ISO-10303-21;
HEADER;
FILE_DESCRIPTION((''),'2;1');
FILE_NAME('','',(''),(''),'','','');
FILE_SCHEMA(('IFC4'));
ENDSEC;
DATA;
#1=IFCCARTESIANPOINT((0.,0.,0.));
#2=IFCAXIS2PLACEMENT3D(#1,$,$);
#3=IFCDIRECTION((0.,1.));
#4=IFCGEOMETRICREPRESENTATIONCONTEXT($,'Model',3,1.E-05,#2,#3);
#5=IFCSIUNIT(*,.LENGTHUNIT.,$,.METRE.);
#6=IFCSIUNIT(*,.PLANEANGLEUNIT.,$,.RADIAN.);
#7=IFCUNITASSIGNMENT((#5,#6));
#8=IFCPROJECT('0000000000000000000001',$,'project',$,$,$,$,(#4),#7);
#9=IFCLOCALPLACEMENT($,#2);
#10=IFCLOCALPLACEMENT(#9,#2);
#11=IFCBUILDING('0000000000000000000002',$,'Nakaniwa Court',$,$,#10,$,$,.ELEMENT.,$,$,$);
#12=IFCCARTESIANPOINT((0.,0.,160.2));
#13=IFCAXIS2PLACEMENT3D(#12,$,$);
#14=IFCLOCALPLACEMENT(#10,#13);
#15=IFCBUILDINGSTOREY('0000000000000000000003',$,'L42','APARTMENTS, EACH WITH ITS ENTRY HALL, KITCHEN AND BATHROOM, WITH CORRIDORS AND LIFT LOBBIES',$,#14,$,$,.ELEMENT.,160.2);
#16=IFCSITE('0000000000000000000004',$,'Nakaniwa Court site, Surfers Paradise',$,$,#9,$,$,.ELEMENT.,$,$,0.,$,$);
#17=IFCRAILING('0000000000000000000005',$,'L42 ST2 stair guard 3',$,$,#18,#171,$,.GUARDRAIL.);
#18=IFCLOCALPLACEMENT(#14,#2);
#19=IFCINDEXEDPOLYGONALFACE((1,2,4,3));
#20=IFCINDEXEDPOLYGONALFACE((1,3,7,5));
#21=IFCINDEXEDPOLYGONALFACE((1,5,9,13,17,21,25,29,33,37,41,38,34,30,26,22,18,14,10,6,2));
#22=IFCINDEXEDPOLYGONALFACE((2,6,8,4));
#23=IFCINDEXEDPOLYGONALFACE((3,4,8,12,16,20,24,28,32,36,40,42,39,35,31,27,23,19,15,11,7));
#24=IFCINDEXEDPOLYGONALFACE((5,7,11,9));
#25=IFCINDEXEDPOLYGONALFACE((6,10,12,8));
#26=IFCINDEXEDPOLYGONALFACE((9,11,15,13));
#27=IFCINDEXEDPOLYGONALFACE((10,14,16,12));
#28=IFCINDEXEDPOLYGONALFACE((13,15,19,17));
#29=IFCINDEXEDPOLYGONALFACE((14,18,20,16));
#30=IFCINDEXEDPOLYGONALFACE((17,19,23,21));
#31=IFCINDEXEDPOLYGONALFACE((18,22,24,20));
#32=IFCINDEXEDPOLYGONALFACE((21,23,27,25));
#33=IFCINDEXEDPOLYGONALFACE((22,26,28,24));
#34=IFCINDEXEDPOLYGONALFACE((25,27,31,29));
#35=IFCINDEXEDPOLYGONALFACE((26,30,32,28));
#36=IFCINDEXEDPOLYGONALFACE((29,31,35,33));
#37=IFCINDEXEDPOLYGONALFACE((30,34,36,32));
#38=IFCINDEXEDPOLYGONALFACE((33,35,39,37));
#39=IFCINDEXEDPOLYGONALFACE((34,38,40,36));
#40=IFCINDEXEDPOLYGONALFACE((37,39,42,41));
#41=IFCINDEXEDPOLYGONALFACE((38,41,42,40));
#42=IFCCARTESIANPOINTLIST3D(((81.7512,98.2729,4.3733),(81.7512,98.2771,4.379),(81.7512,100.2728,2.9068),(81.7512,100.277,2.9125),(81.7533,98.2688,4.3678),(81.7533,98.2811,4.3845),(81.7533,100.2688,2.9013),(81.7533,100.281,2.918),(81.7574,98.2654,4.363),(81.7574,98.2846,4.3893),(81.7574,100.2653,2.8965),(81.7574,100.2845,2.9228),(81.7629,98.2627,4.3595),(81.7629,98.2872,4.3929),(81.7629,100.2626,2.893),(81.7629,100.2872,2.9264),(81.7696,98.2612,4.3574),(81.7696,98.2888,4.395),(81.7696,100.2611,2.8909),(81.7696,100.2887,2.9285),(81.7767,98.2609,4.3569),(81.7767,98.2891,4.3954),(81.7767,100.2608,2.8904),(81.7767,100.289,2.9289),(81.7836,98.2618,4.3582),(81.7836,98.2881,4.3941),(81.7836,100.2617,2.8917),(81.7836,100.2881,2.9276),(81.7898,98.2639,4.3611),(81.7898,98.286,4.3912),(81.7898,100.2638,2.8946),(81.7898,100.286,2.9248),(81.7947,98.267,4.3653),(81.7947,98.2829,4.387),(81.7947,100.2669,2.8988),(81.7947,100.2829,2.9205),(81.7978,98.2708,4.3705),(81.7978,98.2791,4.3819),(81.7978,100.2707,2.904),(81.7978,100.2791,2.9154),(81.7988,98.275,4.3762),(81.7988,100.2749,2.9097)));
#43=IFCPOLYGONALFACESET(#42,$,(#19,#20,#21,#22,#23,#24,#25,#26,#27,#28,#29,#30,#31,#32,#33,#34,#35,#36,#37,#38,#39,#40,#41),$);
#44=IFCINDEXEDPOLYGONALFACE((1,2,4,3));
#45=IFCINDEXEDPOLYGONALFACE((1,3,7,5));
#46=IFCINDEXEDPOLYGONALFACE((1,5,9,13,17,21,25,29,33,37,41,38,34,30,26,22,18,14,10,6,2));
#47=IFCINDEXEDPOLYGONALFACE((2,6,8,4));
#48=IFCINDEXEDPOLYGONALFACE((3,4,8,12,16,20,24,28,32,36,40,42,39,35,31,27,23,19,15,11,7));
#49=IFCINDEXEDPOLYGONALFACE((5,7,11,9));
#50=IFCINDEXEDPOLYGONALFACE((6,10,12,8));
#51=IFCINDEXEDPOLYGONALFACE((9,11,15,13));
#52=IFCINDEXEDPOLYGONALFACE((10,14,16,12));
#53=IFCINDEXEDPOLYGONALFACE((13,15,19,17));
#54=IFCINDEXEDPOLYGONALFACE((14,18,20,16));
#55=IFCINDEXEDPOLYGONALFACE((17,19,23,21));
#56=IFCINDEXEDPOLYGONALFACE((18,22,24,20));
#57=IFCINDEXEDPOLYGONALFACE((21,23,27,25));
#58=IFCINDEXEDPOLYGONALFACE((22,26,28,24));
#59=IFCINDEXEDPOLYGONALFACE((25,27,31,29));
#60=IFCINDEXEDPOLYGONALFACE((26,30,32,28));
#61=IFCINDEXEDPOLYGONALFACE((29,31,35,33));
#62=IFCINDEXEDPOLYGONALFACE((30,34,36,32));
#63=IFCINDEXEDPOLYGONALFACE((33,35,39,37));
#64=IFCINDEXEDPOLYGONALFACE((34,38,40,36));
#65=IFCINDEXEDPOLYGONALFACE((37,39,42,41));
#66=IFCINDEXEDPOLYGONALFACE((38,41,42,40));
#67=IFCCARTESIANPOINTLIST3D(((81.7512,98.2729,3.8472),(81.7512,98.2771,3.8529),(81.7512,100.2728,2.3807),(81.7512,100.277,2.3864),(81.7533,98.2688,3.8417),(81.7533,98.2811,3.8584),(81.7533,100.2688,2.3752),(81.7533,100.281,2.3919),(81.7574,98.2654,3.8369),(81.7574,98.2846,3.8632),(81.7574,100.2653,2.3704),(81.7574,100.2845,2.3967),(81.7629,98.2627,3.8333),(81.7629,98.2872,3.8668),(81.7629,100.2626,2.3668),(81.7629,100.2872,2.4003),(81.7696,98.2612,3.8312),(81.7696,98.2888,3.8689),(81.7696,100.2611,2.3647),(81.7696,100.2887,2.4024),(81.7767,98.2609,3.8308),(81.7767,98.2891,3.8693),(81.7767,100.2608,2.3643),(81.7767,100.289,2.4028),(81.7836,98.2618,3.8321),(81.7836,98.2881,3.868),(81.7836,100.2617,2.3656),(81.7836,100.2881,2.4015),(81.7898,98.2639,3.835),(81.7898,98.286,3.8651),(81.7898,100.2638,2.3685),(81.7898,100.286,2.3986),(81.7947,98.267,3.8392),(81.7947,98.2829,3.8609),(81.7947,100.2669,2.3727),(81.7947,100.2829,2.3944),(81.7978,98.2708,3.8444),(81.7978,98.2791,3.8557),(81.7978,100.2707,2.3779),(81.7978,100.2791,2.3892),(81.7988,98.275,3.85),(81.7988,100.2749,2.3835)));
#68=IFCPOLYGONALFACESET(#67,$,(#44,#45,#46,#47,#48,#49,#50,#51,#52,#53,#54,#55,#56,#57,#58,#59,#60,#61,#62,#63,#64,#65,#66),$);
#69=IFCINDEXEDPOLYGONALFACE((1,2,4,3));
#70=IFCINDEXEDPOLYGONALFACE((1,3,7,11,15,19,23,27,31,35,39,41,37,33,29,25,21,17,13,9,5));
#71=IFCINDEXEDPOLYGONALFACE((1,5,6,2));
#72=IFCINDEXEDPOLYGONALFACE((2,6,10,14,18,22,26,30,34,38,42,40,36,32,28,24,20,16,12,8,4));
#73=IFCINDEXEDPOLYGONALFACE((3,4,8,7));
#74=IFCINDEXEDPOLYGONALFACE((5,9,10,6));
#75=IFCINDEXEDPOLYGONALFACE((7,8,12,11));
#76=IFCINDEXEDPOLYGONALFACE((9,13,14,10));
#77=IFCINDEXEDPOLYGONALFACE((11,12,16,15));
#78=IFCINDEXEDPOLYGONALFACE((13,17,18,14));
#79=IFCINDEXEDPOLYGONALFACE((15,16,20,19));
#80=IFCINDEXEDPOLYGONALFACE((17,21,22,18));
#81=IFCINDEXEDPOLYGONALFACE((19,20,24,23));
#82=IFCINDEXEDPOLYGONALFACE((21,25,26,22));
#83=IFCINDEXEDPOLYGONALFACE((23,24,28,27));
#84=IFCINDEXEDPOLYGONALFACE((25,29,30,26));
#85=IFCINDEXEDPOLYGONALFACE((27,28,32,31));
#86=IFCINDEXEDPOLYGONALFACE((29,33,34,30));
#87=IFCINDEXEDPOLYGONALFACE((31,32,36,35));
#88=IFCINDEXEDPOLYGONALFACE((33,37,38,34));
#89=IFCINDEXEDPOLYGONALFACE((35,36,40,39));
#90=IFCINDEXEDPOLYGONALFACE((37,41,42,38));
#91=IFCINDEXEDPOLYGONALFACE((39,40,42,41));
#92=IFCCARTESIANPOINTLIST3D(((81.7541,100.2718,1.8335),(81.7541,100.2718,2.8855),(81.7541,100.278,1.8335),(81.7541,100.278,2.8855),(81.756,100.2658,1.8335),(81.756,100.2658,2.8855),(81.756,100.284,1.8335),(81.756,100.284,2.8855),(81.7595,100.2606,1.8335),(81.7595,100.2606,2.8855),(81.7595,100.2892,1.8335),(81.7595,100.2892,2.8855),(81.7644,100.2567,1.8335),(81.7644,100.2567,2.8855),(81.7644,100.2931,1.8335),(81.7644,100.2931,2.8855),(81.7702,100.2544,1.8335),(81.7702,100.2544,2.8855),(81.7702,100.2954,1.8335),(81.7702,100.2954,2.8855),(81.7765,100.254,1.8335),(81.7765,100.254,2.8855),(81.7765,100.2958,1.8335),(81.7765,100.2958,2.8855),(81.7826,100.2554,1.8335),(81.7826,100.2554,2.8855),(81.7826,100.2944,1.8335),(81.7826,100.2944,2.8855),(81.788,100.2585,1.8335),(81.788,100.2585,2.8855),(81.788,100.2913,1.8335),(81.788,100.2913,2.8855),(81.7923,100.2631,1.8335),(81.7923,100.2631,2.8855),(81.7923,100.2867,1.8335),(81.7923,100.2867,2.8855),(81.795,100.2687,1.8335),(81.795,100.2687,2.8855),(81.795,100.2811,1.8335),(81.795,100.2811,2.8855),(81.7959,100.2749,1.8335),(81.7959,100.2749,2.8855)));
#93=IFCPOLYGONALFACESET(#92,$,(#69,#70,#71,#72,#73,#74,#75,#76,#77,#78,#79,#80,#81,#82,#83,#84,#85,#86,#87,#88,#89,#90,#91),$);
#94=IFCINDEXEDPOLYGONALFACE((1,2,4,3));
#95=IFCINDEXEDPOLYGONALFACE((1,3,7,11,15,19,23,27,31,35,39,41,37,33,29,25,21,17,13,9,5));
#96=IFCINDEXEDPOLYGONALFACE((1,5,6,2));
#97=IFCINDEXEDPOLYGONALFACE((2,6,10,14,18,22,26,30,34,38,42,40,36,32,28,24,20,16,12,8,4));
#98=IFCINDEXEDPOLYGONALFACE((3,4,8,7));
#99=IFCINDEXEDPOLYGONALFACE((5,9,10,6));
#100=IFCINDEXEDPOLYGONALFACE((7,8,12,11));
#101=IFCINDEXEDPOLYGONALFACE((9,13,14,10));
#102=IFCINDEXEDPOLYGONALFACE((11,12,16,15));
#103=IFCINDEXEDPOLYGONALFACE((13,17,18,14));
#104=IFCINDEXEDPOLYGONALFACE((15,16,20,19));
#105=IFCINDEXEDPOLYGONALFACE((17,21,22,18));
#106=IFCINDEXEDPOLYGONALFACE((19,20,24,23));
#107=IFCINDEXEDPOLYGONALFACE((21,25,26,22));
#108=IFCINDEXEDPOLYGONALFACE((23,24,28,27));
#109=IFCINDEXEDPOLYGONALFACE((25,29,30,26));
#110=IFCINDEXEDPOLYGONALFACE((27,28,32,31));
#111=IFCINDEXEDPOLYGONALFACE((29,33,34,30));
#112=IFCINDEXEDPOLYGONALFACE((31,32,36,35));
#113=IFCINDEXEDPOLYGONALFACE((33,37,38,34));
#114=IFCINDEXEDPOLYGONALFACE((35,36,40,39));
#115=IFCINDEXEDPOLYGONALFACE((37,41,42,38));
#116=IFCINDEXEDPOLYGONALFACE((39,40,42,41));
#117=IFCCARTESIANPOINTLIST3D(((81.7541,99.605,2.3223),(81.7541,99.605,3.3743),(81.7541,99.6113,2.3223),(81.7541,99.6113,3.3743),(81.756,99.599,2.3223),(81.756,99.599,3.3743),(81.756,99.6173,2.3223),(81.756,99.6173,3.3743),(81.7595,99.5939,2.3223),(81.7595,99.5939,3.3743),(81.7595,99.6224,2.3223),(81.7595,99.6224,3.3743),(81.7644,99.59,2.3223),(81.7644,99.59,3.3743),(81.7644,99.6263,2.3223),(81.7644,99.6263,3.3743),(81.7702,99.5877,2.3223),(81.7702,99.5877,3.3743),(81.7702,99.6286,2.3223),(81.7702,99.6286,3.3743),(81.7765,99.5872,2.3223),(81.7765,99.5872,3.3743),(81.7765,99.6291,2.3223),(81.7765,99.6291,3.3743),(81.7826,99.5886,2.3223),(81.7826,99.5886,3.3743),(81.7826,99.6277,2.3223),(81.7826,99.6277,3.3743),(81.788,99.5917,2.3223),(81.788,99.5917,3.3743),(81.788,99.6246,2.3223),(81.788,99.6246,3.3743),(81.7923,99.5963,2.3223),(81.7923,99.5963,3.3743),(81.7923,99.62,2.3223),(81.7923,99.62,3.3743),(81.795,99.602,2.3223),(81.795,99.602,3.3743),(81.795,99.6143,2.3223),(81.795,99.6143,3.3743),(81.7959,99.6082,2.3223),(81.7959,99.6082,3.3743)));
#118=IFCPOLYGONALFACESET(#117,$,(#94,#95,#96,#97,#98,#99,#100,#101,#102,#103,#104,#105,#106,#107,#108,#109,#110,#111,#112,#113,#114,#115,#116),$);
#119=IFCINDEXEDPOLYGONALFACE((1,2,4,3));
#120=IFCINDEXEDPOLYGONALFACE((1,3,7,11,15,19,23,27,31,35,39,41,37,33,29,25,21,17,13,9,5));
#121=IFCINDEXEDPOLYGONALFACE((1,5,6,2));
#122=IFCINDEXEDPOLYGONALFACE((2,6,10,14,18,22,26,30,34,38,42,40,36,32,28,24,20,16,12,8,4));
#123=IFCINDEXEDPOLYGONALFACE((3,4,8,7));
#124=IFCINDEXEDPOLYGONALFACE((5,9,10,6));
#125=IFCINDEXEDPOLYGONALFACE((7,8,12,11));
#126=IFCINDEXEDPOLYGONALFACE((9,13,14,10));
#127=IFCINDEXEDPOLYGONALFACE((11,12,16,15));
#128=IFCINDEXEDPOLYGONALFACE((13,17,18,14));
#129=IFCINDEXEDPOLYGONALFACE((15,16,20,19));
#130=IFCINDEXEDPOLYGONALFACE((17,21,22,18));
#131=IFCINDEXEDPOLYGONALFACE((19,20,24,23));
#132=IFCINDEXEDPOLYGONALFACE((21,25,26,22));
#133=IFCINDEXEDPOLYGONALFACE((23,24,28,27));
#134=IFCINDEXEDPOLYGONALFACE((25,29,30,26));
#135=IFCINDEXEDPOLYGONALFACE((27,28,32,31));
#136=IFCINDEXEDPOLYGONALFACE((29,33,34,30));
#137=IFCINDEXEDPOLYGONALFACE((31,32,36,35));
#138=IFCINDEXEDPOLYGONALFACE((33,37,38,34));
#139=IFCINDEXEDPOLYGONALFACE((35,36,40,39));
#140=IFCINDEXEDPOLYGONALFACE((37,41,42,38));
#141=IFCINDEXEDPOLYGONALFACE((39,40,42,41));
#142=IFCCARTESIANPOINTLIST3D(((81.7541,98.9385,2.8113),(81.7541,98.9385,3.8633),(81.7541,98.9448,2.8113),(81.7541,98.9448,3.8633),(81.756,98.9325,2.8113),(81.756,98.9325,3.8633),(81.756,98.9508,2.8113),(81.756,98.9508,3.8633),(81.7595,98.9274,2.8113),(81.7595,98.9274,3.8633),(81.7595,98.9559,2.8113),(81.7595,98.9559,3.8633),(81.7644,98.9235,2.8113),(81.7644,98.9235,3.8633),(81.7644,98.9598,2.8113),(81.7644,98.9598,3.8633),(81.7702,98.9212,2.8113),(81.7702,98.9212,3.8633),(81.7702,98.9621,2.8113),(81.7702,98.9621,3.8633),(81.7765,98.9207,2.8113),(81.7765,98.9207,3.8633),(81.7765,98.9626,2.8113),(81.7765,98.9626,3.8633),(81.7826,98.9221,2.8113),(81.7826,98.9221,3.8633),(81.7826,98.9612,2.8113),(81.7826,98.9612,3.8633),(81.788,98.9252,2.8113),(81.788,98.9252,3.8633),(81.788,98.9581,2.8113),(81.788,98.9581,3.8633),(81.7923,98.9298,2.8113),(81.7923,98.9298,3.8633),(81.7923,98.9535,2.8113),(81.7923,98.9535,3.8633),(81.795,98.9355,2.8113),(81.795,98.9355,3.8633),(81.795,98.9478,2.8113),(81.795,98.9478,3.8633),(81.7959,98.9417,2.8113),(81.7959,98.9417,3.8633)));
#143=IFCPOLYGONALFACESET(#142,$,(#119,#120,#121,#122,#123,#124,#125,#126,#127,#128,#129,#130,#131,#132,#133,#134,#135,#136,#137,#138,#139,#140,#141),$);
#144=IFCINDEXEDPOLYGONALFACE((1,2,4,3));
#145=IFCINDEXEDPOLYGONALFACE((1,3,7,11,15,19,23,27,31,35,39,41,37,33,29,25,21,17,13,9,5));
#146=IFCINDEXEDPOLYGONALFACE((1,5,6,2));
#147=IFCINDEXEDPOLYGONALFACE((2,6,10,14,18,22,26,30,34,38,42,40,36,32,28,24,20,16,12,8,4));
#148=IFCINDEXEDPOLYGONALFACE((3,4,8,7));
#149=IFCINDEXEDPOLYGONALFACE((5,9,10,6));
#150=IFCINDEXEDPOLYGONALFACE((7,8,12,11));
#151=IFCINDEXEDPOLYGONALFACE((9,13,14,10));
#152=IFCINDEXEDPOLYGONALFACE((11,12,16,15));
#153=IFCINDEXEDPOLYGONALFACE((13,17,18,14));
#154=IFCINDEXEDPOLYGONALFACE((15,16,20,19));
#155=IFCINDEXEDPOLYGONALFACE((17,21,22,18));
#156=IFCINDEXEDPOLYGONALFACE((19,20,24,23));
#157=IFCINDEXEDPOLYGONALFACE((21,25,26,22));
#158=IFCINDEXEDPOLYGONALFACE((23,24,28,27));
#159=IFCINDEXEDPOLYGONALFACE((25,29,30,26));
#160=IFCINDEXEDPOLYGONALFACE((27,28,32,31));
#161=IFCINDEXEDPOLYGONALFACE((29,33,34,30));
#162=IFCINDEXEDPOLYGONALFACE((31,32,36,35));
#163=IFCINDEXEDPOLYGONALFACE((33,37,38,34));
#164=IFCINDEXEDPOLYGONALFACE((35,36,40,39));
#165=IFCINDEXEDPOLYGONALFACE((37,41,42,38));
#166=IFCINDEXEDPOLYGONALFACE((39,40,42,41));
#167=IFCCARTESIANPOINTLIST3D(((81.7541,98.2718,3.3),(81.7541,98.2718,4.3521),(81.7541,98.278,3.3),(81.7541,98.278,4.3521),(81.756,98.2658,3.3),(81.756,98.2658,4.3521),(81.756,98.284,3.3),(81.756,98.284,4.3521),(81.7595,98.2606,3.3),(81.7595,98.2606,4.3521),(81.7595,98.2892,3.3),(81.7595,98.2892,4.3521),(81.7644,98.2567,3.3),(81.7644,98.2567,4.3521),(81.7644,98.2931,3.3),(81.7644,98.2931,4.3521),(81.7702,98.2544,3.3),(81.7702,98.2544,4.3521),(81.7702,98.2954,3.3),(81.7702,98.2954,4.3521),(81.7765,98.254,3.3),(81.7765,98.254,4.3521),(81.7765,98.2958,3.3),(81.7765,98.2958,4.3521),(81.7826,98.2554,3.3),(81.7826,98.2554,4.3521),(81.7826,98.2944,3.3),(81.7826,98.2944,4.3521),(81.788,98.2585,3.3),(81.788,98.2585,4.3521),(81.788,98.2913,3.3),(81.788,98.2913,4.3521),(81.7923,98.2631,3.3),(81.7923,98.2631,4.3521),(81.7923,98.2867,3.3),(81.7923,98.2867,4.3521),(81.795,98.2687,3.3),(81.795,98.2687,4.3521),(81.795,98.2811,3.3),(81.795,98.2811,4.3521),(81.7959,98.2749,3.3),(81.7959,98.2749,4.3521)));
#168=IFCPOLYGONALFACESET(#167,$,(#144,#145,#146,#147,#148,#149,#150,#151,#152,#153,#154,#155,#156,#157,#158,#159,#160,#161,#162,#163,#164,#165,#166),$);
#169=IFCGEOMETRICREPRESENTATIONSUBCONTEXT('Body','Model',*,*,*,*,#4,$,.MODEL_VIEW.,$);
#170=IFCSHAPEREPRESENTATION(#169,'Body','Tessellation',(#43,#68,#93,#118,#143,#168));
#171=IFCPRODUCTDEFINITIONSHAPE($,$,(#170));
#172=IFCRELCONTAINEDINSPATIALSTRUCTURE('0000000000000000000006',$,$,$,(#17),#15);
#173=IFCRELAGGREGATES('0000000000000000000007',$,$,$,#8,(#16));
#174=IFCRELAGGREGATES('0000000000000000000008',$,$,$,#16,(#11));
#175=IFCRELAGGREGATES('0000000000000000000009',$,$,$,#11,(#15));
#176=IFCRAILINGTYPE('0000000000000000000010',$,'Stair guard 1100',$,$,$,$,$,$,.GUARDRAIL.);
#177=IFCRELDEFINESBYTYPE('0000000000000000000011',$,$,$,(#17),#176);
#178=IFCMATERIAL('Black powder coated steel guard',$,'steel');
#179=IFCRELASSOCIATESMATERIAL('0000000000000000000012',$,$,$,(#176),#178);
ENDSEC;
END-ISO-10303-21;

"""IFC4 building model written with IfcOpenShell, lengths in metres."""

from ifc_helpers import new_model, si_unit, direction, frame, origin, origin_2d, place, context, subcontext, project, spatial, circle, extrude, material, type_object, element, save


model = new_model("IFC4")

# Units and contexts
model_context = context("Model", 3, precision=1e-05, world=origin(), true_north=direction((0.0, 1.0)))
body_context = subcontext(model_context, "Body", "Model", "MODEL_VIEW")
ifc_project = project(units=[si_unit("LENGTHUNIT", "METRE"), si_unit("PLANEANGLEUNIT", "RADIAN")], contexts=[model_context])

# Site, building, storey
site_placement = place(None, origin())
site = spatial("IfcSite", under=ifc_project, at=site_placement, Name="Nakaniwa Court site, Surfers Paradise", CompositionType="ELEMENT", RefElevation=0.0)
building_placement = place(site_placement, origin())
building = spatial("IfcBuilding", under=site, at=building_placement, Name="Nakaniwa Court", CompositionType="ELEMENT")
storey_placement = place(building_placement, frame((0.0, 0.0, 160.2)))
storey = spatial("IfcBuildingStorey", under=building, at=storey_placement, Name="L42", Description="APARTMENTS, EACH WITH ITS ENTRY HALL, KITCHEN AND BATHROOM, WITH CORRIDORS AND LIFT LOBBIES", CompositionType="ELEMENT", Elevation=160.2)

# Railing
ifc_material_1 = material(Name="Black powder coated steel guard", Category="steel")
railing_type_1 = type_object("IfcRailingType", Name="Stair guard 1100", PredefinedType="GUARDRAIL", material=ifc_material_1)
railing_1_placement = place(storey_placement, frame((81.7749, 100.2749, 1.8335)))
element("IfcRailing", 1, at=railing_1_placement, inside=storey, type_object=railing_type_1, Name="L42 ST2 stair guard 3", PredefinedType="GUARDRAIL", context=body_context, shape_type="SweptSolid", body=[
    extrude(circle(Radius=0.0239, at=origin_2d()), frame((0.0, 0.0, 1.0762), z_axis=(0.0, -0.806427, 0.591334), x_axis=(1.0, 0.0, 0.0)), (0.0, 0.0, 1.0), 2.48),
    extrude(circle(Radius=0.0239, at=origin_2d()), frame((0.0, 0.0, 0.55), z_axis=(0.0, -0.806427, 0.591334), x_axis=(1.0, 0.0, 0.0)), (0.0, 0.0, 1.0), 2.48),
    extrude(circle(Radius=0.021, at=origin_2d()), origin(), (0.0, 0.0, 1.0), 1.052),
    extrude(circle(Radius=0.021, at=origin_2d()), frame((0.0, -0.6667, 0.4888)), (0.0, 0.0, 1.0), 1.052),
    extrude(circle(Radius=0.021, at=origin_2d()), frame((0.0, -1.3333, 0.9778)), (0.0, 0.0, 1.0), 1.052),
    extrude(circle(Radius=0.021, at=origin_2d()), frame((0.0, -2.0, 1.4666)), (0.0, 0.0, 1.0), 1.052),
])

save(model, "model.ifc")
